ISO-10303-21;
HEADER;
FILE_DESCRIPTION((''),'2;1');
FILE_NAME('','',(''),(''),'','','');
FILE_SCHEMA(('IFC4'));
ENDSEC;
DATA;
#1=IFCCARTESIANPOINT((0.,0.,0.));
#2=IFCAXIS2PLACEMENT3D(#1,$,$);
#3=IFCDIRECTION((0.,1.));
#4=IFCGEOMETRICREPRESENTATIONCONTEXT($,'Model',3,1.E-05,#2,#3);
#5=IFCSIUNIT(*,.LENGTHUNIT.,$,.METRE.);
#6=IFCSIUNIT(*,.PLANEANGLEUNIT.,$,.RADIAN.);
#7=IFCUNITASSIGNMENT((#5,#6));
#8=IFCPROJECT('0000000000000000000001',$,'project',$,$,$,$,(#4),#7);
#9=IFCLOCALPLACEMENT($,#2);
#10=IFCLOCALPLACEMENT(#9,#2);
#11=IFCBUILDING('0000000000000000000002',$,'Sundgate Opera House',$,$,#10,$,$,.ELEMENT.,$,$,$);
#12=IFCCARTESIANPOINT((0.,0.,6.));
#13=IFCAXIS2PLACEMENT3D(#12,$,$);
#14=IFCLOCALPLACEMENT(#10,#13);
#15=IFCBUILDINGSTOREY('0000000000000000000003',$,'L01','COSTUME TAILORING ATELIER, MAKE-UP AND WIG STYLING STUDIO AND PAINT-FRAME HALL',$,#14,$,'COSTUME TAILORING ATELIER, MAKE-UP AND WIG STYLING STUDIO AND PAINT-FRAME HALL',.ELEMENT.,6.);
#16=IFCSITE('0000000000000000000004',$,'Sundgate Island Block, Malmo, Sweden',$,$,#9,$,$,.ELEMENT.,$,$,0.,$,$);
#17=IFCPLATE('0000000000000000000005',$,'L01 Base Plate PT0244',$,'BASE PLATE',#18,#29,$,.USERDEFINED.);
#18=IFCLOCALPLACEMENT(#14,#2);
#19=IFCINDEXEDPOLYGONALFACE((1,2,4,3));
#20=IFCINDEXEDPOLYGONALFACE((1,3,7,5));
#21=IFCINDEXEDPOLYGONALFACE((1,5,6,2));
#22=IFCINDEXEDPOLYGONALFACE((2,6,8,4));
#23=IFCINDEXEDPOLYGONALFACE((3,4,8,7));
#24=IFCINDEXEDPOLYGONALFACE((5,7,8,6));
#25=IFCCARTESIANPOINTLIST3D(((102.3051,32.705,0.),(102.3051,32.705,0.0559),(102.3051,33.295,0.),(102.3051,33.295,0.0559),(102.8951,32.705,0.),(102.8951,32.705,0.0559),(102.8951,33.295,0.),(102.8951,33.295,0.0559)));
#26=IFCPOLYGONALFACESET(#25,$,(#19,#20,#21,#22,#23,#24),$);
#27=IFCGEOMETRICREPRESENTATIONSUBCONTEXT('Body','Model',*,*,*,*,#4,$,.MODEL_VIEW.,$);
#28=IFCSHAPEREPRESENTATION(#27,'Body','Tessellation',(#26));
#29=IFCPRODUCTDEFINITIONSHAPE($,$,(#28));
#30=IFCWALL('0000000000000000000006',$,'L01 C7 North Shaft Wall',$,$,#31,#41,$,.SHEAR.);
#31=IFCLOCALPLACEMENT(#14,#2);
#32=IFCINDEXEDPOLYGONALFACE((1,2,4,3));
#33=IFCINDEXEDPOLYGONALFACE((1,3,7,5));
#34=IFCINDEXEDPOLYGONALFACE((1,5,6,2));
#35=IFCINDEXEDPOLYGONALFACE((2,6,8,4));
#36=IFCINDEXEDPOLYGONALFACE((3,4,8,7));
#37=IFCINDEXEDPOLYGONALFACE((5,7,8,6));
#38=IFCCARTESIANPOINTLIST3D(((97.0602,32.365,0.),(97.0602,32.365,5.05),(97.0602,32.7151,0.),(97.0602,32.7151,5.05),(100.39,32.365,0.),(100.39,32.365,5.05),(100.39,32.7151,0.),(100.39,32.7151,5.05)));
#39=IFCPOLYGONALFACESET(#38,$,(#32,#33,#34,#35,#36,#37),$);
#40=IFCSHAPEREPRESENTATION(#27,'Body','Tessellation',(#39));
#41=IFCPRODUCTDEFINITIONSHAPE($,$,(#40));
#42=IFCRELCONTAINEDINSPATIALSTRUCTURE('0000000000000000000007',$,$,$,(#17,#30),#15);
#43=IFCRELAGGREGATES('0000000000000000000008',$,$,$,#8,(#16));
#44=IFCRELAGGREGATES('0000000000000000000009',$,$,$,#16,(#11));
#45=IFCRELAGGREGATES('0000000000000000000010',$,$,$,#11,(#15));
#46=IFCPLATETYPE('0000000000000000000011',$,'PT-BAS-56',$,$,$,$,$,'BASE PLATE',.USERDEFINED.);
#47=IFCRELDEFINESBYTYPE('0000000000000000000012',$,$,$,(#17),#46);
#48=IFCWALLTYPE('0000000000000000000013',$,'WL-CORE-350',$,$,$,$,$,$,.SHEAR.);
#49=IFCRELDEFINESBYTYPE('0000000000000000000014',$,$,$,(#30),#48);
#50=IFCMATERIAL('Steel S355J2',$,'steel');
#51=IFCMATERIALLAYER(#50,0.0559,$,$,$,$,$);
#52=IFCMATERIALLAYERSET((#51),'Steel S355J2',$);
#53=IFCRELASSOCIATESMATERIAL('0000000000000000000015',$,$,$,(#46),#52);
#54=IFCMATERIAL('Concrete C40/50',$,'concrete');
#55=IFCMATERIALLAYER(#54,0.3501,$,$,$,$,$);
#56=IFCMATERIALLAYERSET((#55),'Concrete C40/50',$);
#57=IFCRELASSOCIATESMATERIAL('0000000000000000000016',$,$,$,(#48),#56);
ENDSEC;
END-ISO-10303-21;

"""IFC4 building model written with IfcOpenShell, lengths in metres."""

from ifc_helpers import new_model, si_unit, direction, frame, frame_2d, origin, origin_2d, place, context, subcontext, project, spatial, rectangle, extrude, material, layer, layer_set, type_object, element, save


model = new_model("IFC4")

# Units and contexts
model_context = context("Model", 3, precision=1e-05, world=origin(), true_north=direction((0.0, 1.0)))
body_context = subcontext(model_context, "Body", "Model", "MODEL_VIEW")
ifc_project = project(units=[si_unit("LENGTHUNIT", "METRE"), si_unit("PLANEANGLEUNIT", "RADIAN")], contexts=[model_context])

# Site, building, storey
site_placement = place(None, origin())
site = spatial("IfcSite", under=ifc_project, at=site_placement, Name="Sundgate Island Block, Malmo, Sweden", CompositionType="ELEMENT", RefElevation=0.0)
building_placement = place(site_placement, origin())
building = spatial("IfcBuilding", under=site, at=building_placement, Name="Sundgate Opera House", CompositionType="ELEMENT")
storey_placement = place(building_placement, frame((0.0, 0.0, 6.0)))
storey = spatial("IfcBuildingStorey", under=building, at=storey_placement, Name="L01", Description="COSTUME TAILORING ATELIER, MAKE-UP AND WIG STYLING STUDIO AND PAINT-FRAME HALL", LongName="COSTUME TAILORING ATELIER, MAKE-UP AND WIG STYLING STUDIO AND PAINT-FRAME HALL", CompositionType="ELEMENT", Elevation=6.0)

# Plate
ifc_material_1 = material(Name="Steel S355J2", Category="steel")
ifc_layer_1 = layer(ifc_material_1, 0.0559)
ifc_layer_set_1 = layer_set([ifc_layer_1], Name="Steel S355J2")
plate_type_1 = type_object("IfcPlateType", Name="PT-BAS-56", ElementType="BASE PLATE", PredefinedType="USERDEFINED", material=ifc_layer_set_1)
plate_1_placement = place(storey_placement, frame((102.6001, 33.0, 0.0), z_axis=(0.0, 0.0, 1.0), x_axis=(1.0, 0.0, 0.0)))
element("IfcPlate", 1, at=plate_1_placement, inside=storey, type_object=plate_type_1, Name="L01 Base Plate PT0244", ObjectType="BASE PLATE", PredefinedType="USERDEFINED", context=body_context, shape_type="SweptSolid", body=[
    extrude(rectangle(XDim=0.5901, YDim=0.5901, at=origin_2d()), origin(), (0.0, 0.0, 1.0), 0.0559),
])

# Wall
ifc_material_2 = material(Name="Concrete C40/50", Category="concrete")
ifc_layer_2 = layer(ifc_material_2, 0.3501)
ifc_layer_set_2 = layer_set([ifc_layer_2], Name="Concrete C40/50")
wall_type = type_object("IfcWallType", Name="WL-CORE-350", PredefinedType="SHEAR", material=ifc_layer_set_2)
wall_placement = place(storey_placement, frame((97.0601, 32.54, 0.0), z_axis=(0.0, 0.0, 1.0), x_axis=(1.0, 0.0, 0.0)))
element("IfcWall", 2, at=wall_placement, inside=storey, type_object=wall_type, Name="L01 C7 North Shaft Wall", PredefinedType="SHEAR", context=body_context, shape_type="SweptSolid", body=[
    extrude(rectangle(XDim=3.3298, YDim=0.3501, at=frame_2d((1.665, 0.0))), origin(), (0.0, 0.0, 1.0), 5.05),
])

save(model, "model.ifc")
